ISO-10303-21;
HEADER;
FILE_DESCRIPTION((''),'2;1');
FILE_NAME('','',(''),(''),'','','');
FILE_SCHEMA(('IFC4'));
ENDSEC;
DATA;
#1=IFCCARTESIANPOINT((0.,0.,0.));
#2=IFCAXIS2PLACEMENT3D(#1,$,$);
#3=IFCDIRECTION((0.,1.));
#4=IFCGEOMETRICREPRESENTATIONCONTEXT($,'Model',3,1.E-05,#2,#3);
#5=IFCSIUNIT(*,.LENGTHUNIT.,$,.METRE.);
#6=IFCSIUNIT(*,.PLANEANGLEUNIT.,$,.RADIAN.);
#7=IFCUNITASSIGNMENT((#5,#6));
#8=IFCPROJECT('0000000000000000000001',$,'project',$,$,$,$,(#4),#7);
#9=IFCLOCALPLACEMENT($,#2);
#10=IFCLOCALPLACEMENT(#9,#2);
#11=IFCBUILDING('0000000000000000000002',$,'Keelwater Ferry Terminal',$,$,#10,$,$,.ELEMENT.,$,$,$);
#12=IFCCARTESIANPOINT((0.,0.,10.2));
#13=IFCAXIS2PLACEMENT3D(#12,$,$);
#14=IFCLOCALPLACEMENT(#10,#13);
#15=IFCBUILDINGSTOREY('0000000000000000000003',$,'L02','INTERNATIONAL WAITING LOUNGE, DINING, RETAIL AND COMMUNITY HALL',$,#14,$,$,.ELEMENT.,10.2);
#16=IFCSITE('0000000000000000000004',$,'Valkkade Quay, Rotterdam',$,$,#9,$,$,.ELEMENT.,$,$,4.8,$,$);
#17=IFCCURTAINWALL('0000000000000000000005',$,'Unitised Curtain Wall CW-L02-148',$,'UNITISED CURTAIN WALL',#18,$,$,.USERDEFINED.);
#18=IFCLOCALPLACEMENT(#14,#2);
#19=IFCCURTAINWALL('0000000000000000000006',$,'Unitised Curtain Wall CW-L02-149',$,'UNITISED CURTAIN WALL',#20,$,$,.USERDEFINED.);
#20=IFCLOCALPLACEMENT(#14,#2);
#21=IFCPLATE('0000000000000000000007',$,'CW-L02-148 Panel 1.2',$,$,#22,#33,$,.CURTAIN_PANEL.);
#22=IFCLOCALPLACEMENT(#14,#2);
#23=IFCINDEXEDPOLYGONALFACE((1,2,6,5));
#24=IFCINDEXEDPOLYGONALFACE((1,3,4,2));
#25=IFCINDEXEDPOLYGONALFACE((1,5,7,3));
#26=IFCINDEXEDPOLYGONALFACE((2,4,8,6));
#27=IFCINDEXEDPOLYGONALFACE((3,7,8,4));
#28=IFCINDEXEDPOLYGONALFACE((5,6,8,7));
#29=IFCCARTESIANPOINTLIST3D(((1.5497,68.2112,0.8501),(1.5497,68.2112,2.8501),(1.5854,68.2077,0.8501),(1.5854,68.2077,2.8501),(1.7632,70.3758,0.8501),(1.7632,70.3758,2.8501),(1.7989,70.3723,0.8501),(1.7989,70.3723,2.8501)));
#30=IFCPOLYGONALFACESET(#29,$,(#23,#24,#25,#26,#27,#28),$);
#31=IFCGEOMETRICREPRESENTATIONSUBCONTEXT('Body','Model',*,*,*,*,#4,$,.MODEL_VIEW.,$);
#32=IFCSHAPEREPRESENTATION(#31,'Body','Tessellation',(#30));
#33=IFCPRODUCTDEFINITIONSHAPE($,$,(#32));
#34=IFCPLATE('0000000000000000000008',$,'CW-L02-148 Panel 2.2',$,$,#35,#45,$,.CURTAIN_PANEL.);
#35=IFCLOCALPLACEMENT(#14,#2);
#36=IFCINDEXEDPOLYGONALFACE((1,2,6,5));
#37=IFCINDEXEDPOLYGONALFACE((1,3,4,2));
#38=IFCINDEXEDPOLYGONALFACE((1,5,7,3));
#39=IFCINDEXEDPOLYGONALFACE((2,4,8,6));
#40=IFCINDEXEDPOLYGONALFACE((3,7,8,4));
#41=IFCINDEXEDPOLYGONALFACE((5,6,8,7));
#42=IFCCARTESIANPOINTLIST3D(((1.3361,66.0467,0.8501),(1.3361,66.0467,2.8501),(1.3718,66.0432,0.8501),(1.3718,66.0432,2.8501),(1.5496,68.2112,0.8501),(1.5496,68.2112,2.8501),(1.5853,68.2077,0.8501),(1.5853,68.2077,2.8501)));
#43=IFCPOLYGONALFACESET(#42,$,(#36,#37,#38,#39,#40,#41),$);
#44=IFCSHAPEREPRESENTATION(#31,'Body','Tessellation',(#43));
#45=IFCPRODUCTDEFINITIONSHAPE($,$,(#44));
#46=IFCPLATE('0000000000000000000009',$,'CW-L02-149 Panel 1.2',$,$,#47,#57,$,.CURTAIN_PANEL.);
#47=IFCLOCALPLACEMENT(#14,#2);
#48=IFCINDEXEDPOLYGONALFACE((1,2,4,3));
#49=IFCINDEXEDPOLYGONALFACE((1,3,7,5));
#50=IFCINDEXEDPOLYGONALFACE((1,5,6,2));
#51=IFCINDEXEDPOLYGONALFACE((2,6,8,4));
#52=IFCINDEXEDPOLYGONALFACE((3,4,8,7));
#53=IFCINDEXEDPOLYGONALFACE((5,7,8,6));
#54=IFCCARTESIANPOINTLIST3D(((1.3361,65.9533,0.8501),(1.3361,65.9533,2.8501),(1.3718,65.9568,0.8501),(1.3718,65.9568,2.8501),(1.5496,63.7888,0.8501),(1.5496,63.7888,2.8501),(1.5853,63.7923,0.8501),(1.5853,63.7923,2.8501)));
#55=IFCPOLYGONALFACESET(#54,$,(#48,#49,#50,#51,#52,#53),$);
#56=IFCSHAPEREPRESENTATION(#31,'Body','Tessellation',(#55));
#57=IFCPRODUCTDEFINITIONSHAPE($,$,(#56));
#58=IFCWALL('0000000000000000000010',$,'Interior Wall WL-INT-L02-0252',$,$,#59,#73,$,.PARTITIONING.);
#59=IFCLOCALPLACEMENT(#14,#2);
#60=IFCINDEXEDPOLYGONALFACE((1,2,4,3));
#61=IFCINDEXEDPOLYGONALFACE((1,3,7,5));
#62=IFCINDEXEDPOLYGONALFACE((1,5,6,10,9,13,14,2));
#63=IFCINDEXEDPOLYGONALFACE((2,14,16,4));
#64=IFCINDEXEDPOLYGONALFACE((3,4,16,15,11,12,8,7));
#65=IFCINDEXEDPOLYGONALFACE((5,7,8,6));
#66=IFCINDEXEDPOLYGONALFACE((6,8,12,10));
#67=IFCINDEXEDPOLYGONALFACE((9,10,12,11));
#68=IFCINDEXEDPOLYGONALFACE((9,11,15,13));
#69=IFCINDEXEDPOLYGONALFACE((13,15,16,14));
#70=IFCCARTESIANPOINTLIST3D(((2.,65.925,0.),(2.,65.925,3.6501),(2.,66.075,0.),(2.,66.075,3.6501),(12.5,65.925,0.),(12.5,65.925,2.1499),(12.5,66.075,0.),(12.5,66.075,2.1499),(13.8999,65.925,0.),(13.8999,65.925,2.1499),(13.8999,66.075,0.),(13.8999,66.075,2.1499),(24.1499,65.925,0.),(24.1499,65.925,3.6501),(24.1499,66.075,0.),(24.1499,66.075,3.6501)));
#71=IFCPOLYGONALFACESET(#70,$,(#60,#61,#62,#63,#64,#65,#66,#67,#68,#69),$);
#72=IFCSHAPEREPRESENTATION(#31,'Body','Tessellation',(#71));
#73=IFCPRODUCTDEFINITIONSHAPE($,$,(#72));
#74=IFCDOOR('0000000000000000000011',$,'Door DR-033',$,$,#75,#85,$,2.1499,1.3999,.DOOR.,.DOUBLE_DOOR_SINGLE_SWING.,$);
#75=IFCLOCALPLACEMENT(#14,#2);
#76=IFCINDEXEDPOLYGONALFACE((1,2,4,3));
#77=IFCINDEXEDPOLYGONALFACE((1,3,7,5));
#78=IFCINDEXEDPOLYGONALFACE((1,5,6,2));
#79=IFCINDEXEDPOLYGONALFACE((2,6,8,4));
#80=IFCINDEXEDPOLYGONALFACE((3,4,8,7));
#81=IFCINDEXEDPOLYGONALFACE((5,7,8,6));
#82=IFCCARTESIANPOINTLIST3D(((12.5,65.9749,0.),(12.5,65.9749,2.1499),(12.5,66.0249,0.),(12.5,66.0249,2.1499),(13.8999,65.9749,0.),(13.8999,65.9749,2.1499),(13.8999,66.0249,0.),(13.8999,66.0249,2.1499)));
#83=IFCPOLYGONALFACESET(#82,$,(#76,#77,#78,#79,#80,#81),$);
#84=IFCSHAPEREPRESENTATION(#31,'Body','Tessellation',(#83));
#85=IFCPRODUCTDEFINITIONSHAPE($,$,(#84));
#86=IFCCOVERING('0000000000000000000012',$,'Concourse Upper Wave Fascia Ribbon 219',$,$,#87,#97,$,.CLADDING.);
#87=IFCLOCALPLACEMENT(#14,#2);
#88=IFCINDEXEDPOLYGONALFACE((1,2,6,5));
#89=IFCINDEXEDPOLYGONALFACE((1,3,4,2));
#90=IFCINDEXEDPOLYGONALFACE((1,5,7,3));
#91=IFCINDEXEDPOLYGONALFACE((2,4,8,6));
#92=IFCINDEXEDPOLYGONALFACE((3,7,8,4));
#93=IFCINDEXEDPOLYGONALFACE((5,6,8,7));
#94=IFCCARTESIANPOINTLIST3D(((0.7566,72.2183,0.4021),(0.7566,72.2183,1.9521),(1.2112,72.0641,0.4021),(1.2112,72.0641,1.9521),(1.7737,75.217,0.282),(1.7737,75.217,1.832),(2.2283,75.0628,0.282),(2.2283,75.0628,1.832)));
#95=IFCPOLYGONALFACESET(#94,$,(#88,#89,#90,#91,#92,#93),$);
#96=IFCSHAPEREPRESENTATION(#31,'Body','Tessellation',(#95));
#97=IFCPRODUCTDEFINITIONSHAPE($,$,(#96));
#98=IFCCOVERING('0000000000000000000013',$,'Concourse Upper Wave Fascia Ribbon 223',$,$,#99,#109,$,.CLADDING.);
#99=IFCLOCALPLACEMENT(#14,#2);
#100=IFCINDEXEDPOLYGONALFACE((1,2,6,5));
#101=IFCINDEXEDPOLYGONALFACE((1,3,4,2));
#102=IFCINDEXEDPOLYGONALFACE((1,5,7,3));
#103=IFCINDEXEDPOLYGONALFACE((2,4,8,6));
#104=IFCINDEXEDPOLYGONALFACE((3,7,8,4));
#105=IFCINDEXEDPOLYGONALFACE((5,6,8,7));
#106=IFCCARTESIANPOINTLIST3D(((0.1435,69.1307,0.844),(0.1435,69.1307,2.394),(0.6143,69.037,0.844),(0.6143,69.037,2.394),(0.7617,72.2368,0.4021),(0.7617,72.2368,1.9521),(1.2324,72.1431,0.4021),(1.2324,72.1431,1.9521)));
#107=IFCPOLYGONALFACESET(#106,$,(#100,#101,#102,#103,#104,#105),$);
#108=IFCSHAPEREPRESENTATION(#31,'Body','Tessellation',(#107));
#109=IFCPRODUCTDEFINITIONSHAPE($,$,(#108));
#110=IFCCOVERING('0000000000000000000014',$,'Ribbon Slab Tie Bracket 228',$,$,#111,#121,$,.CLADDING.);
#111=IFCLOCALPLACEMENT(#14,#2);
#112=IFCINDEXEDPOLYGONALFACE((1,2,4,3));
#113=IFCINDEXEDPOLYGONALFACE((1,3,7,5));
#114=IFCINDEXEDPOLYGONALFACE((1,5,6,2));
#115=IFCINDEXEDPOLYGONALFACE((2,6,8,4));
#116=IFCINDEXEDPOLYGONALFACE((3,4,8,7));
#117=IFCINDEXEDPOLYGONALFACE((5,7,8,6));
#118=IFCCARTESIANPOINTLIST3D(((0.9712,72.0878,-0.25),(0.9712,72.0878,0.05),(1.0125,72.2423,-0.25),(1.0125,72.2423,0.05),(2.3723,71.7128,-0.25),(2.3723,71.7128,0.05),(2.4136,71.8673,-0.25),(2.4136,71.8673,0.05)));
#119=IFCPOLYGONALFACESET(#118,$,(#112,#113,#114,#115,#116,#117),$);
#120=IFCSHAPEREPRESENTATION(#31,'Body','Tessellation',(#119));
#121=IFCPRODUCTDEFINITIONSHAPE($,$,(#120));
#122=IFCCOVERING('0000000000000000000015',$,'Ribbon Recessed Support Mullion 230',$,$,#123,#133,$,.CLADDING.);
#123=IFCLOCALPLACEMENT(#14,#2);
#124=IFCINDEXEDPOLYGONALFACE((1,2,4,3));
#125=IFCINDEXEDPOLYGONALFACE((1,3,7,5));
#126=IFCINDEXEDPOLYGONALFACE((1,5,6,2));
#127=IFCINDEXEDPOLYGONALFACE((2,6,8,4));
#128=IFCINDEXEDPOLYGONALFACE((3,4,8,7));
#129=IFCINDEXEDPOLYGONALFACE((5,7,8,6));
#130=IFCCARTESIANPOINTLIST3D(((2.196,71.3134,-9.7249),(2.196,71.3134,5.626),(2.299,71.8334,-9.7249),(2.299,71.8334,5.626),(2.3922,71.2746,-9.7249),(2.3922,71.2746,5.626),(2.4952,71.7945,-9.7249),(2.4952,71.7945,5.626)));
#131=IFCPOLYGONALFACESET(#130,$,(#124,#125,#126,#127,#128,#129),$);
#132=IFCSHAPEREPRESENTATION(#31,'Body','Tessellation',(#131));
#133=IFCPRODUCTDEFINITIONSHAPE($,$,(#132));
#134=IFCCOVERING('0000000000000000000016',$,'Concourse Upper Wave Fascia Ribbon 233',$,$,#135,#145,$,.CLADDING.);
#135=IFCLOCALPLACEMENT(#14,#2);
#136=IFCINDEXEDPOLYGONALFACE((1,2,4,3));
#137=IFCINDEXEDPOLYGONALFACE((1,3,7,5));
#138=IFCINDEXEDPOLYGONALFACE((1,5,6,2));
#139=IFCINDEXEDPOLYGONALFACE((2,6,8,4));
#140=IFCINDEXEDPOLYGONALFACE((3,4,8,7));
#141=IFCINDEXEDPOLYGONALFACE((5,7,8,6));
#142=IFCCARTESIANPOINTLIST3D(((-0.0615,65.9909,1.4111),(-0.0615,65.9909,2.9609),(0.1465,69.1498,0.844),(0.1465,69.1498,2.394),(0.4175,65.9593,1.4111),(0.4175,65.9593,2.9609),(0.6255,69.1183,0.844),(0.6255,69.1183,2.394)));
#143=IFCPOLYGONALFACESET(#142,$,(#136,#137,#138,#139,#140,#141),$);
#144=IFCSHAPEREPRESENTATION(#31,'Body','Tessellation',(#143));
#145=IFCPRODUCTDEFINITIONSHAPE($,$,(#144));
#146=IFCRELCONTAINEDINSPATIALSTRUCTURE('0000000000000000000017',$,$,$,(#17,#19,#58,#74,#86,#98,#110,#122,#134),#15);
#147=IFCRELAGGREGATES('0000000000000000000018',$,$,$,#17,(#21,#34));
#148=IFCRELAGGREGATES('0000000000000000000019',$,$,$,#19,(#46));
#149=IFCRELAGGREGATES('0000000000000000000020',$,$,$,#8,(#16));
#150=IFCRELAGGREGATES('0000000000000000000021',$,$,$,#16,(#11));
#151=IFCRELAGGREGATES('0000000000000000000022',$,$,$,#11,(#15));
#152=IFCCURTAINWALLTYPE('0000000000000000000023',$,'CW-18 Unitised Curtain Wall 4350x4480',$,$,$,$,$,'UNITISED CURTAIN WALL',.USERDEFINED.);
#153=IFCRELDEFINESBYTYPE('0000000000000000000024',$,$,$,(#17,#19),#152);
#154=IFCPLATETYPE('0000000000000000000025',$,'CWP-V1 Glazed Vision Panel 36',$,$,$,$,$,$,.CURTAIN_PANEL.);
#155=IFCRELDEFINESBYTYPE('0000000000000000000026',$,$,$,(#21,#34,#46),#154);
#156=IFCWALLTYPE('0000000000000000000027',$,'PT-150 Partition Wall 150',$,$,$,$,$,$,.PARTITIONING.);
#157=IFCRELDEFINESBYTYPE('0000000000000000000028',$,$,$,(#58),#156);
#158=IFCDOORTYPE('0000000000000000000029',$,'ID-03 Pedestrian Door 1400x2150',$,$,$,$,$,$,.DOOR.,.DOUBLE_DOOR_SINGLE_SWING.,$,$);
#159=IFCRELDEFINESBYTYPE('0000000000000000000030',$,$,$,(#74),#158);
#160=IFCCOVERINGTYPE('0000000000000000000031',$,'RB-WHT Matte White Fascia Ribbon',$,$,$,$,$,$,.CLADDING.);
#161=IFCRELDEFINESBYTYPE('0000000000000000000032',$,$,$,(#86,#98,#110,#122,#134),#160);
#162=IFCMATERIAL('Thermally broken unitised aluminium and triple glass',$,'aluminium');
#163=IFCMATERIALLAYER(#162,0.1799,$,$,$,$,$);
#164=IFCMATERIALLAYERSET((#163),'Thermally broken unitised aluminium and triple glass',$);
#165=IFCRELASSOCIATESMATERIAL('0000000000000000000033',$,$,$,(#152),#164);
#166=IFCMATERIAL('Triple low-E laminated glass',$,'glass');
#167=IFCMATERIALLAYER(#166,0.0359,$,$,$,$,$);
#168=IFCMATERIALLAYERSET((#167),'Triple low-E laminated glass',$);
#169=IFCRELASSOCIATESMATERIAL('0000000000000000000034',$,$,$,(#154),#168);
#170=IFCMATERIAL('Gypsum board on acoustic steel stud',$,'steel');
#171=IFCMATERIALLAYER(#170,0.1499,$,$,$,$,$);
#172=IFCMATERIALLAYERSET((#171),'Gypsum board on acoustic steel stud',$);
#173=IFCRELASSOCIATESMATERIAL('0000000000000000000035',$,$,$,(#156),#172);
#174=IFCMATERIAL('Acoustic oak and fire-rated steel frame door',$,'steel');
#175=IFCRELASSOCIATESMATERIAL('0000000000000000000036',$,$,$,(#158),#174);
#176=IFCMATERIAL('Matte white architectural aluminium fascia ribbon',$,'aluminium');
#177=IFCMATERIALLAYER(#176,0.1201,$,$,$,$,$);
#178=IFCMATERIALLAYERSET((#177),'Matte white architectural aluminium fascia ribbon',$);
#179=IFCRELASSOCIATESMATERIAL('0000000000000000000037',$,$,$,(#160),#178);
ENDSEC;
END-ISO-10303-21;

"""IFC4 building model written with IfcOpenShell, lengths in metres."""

from ifc_helpers import new_model, si_unit, direction, frame, frame_2d, origin, origin_2d, place, context, subcontext, project, spatial, polyline, rectangle, outline, extrude, material, layer, layer_set, type_object, element, fill, aggregate, save


model = new_model("IFC4")

# Units and contexts
model_context = context("Model", 3, precision=1e-05, world=origin(), true_north=direction((0.0, 1.0)))
body_context = subcontext(model_context, "Body", "Model", "MODEL_VIEW")
ifc_project = project(units=[si_unit("LENGTHUNIT", "METRE"), si_unit("PLANEANGLEUNIT", "RADIAN")], contexts=[model_context])

# Site, building, storey
site_placement = place(None, origin())
site = spatial("IfcSite", under=ifc_project, at=site_placement, Name="Valkkade Quay, Rotterdam", CompositionType="ELEMENT", RefElevation=4.8)
building_placement = place(site_placement, origin())
building = spatial("IfcBuilding", under=site, at=building_placement, Name="Keelwater Ferry Terminal", CompositionType="ELEMENT")
storey_placement = place(building_placement, frame((0.0, 0.0, 10.2)))
storey = spatial("IfcBuildingStorey", under=building, at=storey_placement, Name="L02", Description="INTERNATIONAL WAITING LOUNGE, DINING, RETAIL AND COMMUNITY HALL", CompositionType="ELEMENT", Elevation=10.2)

# Shared definitions
ifc_material_1 = material(Name="Thermally broken unitised aluminium and triple glass", Category="aluminium")
ifc_layer_1 = layer(ifc_material_1, 0.1799)
ifc_layer_set_1 = layer_set([ifc_layer_1], Name="Thermally broken unitised aluminium and triple glass")
curtain_wall_type = type_object("IfcCurtainWallType", Name="CW-18 Unitised Curtain Wall 4350x4480", ElementType="UNITISED CURTAIN WALL", PredefinedType="USERDEFINED", material=ifc_layer_set_1)

# Curtain wall
curtain_wall_1_placement = place(storey_placement, origin())
curtain_wall_1 = element("IfcCurtainWall", 1, at=curtain_wall_1_placement, inside=storey, type_object=curtain_wall_type, Name="Unitised Curtain Wall CW-L02-148", ObjectType="UNITISED CURTAIN WALL", PredefinedType="USERDEFINED")

# Curtain wall
curtain_wall_2_placement = place(storey_placement, origin())
curtain_wall_2 = element("IfcCurtainWall", 2, at=curtain_wall_2_placement, inside=storey, type_object=curtain_wall_type, Name="Unitised Curtain Wall CW-L02-149", ObjectType="UNITISED CURTAIN WALL", PredefinedType="USERDEFINED")

# Plates
ifc_material_2 = material(Name="Triple low-E laminated glass", Category="glass")
ifc_layer_2 = layer(ifc_material_2, 0.0359)
ifc_layer_set_2 = layer_set([ifc_layer_2], Name="Triple low-E laminated glass")
plate_type_1 = type_object("IfcPlateType", Name="CWP-V1 Glazed Vision Panel 36", PredefinedType="CURTAIN_PANEL", material=ifc_layer_set_2)
plate_1_placement = place(storey_placement, frame((1.6743, 69.2917, 0.8501), z_axis=(0.0, 0.0, 1.0), x_axis=(-0.098161, -0.995171, 0.0)))
plate_1 = element("IfcPlate", 3, at=plate_1_placement, type_object=plate_type_1, Name="CW-L02-148 Panel 1.2", PredefinedType="CURTAIN_PANEL", context=body_context, shape_type="SweptSolid", body=[
    extrude(rectangle(XDim=2.175, YDim=0.0359, at=origin_2d()), origin(), (0.0, 0.0, 1.0), 2.0),
])
plate_2_placement = place(storey_placement, frame((1.4607, 67.1272, 0.8501), z_axis=(0.0, 0.0, 1.0), x_axis=(-0.098161, -0.995171, 0.0)))
plate_2 = element("IfcPlate", 4, at=plate_2_placement, type_object=plate_type_1, Name="CW-L02-148 Panel 2.2", PredefinedType="CURTAIN_PANEL", context=body_context, shape_type="SweptSolid", body=[
    extrude(rectangle(XDim=2.175, YDim=0.0359, at=origin_2d()), origin(), (0.0, 0.0, 1.0), 2.0),
])
aggregate(curtain_wall_1, [plate_1, plate_2])
plate_3_placement = place(storey_placement, frame((1.4607, 64.8728, 0.8501), z_axis=(0.0, 0.0, 1.0), x_axis=(0.098161, -0.995171, 0.0)))
plate_3 = element("IfcPlate", 5, at=plate_3_placement, type_object=plate_type_1, Name="CW-L02-149 Panel 1.2", PredefinedType="CURTAIN_PANEL", context=body_context, shape_type="SweptSolid", body=[
    extrude(rectangle(XDim=2.175, YDim=0.0359, at=origin_2d()), origin(), (0.0, 0.0, 1.0), 2.0),
])
aggregate(curtain_wall_2, [plate_3])

# Wall, opening, door
ifc_material_3 = material(Name="Gypsum board on acoustic steel stud", Category="steel")
ifc_layer_3 = layer(ifc_material_3, 0.1499)
ifc_layer_set_3 = layer_set([ifc_layer_3], Name="Gypsum board on acoustic steel stud")
wall_type = type_object("IfcWallType", Name="PT-150 Partition Wall 150", PredefinedType="PARTITIONING", material=ifc_layer_set_3)
wall_placement = place(storey_placement, frame((2.0, 66.0, 0.0), z_axis=(0.0, 0.0, 1.0), x_axis=(1.0, 0.0, 0.0)))
wall = element("IfcWall", 6, at=wall_placement, inside=storey, type_object=wall_type, Name="Interior Wall WL-INT-L02-0252", PredefinedType="PARTITIONING", context=body_context, shape_type="SweptSolid", body=[
    extrude(rectangle(XDim=22.1499, YDim=0.1499, at=frame_2d((11.075, 0.0))), origin(), (0.0, 0.0, 1.0), 3.6501),
])
opening_placement = place(wall_placement, frame((10.5, 0.0, 0.0)))
opening = element("IfcOpeningElement", 7, at=opening_placement, cuts=wall, PredefinedType="OPENING", context=body_context, shape_type="SweptSolid", body=[
    extrude(rectangle(XDim=1.3999, YDim=2.1499, at=frame_2d((0.7, 1.075))), frame((0.0, 0.085, 0.0), z_axis=(0.0, -1.0, 0.0), x_axis=(1.0, 0.0, 0.0)), (0.0, 0.0, 1.0), 0.1699),
])
ifc_material_4 = material(Name="Acoustic oak and fire-rated steel frame door", Category="steel")
door_type = type_object("IfcDoorType", Name="ID-03 Pedestrian Door 1400x2150", OperationType="DOUBLE_DOOR_SINGLE_SWING", PredefinedType="DOOR", material=ifc_material_4)
door_placement = place(opening_placement, origin())
door = element("IfcDoor", 8, at=door_placement, inside=storey, type_object=door_type, Name="Door DR-033", OperationType="DOUBLE_DOOR_SINGLE_SWING", OverallHeight=2.1499, OverallWidth=1.3999, PredefinedType="DOOR", context=body_context, shape_type="SweptSolid", body=[
    extrude(rectangle(XDim=1.3999, YDim=2.1499, at=frame_2d((0.7, 1.075))), frame((0.0, 0.0249, 0.0), z_axis=(0.0, -1.0, 0.0), x_axis=(1.0, 0.0, 0.0)), (0.0, 0.0, 1.0), 0.05),
])
fill(opening, door)

# Coverings
ifc_material_5 = material(Name="Matte white architectural aluminium fascia ribbon", Category="aluminium")
ifc_layer_4 = layer(ifc_material_5, 0.1201)
ifc_layer_set_4 = layer_set([ifc_layer_4], Name="Matte white architectural aluminium fascia ribbon")
covering_type = type_object("IfcCoveringType", Name="RB-WHT Matte White Fascia Ribbon", PredefinedType="CLADDING", material=ifc_layer_set_4)
covering_1_placement = place(storey_placement, frame((2.001, 75.1399, 0.282), z_axis=(0.0, 0.0, 1.0), x_axis=(-0.321196, -0.947013, 0.0)))
element("IfcCovering", 9, at=covering_1_placement, inside=storey, type_object=covering_type, Name="Concourse Upper Wave Fascia Ribbon 219", PredefinedType="CLADDING", context=body_context, shape_type="SweptSolid", body=[
    extrude(outline(polyline([(0.0, 0.0), (3.1665, 0.1201), (3.1665, 1.6702), (0.0, 1.55), (0.0, 0.0)])), frame((0.0, 0.24, 0.0), z_axis=(0.0, -1.0, 0.0), x_axis=(1.0, 0.0, 0.0)), (0.0, 0.0, 1.0), 0.48),
])
covering_2_placement = place(storey_placement, frame((0.9971, 72.1899, 0.4021), z_axis=(0.0, 0.0, 1.0), x_axis=(-0.195197, -0.980764, 0.0)))
element("IfcCovering", 10, at=covering_2_placement, inside=storey, type_object=covering_type, Name="Concourse Upper Wave Fascia Ribbon 223", PredefinedType="CLADDING", context=body_context, shape_type="SweptSolid", body=[
    extrude(outline(polyline([(0.0, 0.0), (3.167, 0.4419), (3.167, 1.9919), (0.0, 1.55), (0.0, 0.0)])), frame((0.0, 0.24, 0.0), z_axis=(0.0, -1.0, 0.0), x_axis=(1.0, 0.0, 0.0)), (0.0, 0.0, 1.0), 0.48),
])
covering_3_placement = place(storey_placement, frame((0.9919, 72.165, -0.25), z_axis=(0.0, 0.0, 1.0), x_axis=(0.966, -0.258543, 0.0)))
element("IfcCovering", 11, at=covering_3_placement, inside=storey, type_object=covering_type, Name="Ribbon Slab Tie Bracket 228", PredefinedType="CLADDING", context=body_context, shape_type="SweptSolid", body=[
    extrude(rectangle(XDim=1.4504, YDim=0.1599, at=frame_2d((0.7251, 0.0))), origin(), (0.0, 0.0, 1.0), 0.3),
])
covering_4_placement = place(storey_placement, frame((2.397, 71.814, -9.7249), z_axis=(0.0, 0.0, 1.0), x_axis=(-0.194345, -0.980933, 0.0)))
element("IfcCovering", 12, at=covering_4_placement, inside=storey, type_object=covering_type, Name="Ribbon Recessed Support Mullion 230", PredefinedType="CLADDING", context=body_context, shape_type="SweptSolid", body=[
    extrude(outline(polyline([(0.0, 0.0), (0.53, 0.0), (0.53, 15.3508), (0.0, 15.3508), (0.0, 0.0)])), frame((0.0, 0.1001, 0.0), z_axis=(0.0, -1.0, 0.0), x_axis=(1.0, 0.0, 0.0)), (0.0, 0.0, 1.0), 0.2),
])
covering_5_placement = place(storey_placement, frame((0.386, 69.134, 0.844), z_axis=(0.0, 0.0, 1.0), x_axis=(-0.065705, -0.997839, 0.0)))
element("IfcCovering", 13, at=covering_5_placement, inside=storey, type_object=covering_type, Name="Concourse Upper Wave Fascia Ribbon 233", PredefinedType="CLADDING", context=body_context, shape_type="SweptSolid", body=[
    extrude(outline(polyline([(0.0, 0.0), (3.1658, 0.5671), (3.1658, 2.1169), (0.0, 1.55), (0.0, 0.0)])), frame((0.0, 0.24, 0.0), z_axis=(0.0, -1.0, 0.0), x_axis=(1.0, 0.0, 0.0)), (0.0, 0.0, 1.0), 0.48),
])

save(model, "model.ifc")
